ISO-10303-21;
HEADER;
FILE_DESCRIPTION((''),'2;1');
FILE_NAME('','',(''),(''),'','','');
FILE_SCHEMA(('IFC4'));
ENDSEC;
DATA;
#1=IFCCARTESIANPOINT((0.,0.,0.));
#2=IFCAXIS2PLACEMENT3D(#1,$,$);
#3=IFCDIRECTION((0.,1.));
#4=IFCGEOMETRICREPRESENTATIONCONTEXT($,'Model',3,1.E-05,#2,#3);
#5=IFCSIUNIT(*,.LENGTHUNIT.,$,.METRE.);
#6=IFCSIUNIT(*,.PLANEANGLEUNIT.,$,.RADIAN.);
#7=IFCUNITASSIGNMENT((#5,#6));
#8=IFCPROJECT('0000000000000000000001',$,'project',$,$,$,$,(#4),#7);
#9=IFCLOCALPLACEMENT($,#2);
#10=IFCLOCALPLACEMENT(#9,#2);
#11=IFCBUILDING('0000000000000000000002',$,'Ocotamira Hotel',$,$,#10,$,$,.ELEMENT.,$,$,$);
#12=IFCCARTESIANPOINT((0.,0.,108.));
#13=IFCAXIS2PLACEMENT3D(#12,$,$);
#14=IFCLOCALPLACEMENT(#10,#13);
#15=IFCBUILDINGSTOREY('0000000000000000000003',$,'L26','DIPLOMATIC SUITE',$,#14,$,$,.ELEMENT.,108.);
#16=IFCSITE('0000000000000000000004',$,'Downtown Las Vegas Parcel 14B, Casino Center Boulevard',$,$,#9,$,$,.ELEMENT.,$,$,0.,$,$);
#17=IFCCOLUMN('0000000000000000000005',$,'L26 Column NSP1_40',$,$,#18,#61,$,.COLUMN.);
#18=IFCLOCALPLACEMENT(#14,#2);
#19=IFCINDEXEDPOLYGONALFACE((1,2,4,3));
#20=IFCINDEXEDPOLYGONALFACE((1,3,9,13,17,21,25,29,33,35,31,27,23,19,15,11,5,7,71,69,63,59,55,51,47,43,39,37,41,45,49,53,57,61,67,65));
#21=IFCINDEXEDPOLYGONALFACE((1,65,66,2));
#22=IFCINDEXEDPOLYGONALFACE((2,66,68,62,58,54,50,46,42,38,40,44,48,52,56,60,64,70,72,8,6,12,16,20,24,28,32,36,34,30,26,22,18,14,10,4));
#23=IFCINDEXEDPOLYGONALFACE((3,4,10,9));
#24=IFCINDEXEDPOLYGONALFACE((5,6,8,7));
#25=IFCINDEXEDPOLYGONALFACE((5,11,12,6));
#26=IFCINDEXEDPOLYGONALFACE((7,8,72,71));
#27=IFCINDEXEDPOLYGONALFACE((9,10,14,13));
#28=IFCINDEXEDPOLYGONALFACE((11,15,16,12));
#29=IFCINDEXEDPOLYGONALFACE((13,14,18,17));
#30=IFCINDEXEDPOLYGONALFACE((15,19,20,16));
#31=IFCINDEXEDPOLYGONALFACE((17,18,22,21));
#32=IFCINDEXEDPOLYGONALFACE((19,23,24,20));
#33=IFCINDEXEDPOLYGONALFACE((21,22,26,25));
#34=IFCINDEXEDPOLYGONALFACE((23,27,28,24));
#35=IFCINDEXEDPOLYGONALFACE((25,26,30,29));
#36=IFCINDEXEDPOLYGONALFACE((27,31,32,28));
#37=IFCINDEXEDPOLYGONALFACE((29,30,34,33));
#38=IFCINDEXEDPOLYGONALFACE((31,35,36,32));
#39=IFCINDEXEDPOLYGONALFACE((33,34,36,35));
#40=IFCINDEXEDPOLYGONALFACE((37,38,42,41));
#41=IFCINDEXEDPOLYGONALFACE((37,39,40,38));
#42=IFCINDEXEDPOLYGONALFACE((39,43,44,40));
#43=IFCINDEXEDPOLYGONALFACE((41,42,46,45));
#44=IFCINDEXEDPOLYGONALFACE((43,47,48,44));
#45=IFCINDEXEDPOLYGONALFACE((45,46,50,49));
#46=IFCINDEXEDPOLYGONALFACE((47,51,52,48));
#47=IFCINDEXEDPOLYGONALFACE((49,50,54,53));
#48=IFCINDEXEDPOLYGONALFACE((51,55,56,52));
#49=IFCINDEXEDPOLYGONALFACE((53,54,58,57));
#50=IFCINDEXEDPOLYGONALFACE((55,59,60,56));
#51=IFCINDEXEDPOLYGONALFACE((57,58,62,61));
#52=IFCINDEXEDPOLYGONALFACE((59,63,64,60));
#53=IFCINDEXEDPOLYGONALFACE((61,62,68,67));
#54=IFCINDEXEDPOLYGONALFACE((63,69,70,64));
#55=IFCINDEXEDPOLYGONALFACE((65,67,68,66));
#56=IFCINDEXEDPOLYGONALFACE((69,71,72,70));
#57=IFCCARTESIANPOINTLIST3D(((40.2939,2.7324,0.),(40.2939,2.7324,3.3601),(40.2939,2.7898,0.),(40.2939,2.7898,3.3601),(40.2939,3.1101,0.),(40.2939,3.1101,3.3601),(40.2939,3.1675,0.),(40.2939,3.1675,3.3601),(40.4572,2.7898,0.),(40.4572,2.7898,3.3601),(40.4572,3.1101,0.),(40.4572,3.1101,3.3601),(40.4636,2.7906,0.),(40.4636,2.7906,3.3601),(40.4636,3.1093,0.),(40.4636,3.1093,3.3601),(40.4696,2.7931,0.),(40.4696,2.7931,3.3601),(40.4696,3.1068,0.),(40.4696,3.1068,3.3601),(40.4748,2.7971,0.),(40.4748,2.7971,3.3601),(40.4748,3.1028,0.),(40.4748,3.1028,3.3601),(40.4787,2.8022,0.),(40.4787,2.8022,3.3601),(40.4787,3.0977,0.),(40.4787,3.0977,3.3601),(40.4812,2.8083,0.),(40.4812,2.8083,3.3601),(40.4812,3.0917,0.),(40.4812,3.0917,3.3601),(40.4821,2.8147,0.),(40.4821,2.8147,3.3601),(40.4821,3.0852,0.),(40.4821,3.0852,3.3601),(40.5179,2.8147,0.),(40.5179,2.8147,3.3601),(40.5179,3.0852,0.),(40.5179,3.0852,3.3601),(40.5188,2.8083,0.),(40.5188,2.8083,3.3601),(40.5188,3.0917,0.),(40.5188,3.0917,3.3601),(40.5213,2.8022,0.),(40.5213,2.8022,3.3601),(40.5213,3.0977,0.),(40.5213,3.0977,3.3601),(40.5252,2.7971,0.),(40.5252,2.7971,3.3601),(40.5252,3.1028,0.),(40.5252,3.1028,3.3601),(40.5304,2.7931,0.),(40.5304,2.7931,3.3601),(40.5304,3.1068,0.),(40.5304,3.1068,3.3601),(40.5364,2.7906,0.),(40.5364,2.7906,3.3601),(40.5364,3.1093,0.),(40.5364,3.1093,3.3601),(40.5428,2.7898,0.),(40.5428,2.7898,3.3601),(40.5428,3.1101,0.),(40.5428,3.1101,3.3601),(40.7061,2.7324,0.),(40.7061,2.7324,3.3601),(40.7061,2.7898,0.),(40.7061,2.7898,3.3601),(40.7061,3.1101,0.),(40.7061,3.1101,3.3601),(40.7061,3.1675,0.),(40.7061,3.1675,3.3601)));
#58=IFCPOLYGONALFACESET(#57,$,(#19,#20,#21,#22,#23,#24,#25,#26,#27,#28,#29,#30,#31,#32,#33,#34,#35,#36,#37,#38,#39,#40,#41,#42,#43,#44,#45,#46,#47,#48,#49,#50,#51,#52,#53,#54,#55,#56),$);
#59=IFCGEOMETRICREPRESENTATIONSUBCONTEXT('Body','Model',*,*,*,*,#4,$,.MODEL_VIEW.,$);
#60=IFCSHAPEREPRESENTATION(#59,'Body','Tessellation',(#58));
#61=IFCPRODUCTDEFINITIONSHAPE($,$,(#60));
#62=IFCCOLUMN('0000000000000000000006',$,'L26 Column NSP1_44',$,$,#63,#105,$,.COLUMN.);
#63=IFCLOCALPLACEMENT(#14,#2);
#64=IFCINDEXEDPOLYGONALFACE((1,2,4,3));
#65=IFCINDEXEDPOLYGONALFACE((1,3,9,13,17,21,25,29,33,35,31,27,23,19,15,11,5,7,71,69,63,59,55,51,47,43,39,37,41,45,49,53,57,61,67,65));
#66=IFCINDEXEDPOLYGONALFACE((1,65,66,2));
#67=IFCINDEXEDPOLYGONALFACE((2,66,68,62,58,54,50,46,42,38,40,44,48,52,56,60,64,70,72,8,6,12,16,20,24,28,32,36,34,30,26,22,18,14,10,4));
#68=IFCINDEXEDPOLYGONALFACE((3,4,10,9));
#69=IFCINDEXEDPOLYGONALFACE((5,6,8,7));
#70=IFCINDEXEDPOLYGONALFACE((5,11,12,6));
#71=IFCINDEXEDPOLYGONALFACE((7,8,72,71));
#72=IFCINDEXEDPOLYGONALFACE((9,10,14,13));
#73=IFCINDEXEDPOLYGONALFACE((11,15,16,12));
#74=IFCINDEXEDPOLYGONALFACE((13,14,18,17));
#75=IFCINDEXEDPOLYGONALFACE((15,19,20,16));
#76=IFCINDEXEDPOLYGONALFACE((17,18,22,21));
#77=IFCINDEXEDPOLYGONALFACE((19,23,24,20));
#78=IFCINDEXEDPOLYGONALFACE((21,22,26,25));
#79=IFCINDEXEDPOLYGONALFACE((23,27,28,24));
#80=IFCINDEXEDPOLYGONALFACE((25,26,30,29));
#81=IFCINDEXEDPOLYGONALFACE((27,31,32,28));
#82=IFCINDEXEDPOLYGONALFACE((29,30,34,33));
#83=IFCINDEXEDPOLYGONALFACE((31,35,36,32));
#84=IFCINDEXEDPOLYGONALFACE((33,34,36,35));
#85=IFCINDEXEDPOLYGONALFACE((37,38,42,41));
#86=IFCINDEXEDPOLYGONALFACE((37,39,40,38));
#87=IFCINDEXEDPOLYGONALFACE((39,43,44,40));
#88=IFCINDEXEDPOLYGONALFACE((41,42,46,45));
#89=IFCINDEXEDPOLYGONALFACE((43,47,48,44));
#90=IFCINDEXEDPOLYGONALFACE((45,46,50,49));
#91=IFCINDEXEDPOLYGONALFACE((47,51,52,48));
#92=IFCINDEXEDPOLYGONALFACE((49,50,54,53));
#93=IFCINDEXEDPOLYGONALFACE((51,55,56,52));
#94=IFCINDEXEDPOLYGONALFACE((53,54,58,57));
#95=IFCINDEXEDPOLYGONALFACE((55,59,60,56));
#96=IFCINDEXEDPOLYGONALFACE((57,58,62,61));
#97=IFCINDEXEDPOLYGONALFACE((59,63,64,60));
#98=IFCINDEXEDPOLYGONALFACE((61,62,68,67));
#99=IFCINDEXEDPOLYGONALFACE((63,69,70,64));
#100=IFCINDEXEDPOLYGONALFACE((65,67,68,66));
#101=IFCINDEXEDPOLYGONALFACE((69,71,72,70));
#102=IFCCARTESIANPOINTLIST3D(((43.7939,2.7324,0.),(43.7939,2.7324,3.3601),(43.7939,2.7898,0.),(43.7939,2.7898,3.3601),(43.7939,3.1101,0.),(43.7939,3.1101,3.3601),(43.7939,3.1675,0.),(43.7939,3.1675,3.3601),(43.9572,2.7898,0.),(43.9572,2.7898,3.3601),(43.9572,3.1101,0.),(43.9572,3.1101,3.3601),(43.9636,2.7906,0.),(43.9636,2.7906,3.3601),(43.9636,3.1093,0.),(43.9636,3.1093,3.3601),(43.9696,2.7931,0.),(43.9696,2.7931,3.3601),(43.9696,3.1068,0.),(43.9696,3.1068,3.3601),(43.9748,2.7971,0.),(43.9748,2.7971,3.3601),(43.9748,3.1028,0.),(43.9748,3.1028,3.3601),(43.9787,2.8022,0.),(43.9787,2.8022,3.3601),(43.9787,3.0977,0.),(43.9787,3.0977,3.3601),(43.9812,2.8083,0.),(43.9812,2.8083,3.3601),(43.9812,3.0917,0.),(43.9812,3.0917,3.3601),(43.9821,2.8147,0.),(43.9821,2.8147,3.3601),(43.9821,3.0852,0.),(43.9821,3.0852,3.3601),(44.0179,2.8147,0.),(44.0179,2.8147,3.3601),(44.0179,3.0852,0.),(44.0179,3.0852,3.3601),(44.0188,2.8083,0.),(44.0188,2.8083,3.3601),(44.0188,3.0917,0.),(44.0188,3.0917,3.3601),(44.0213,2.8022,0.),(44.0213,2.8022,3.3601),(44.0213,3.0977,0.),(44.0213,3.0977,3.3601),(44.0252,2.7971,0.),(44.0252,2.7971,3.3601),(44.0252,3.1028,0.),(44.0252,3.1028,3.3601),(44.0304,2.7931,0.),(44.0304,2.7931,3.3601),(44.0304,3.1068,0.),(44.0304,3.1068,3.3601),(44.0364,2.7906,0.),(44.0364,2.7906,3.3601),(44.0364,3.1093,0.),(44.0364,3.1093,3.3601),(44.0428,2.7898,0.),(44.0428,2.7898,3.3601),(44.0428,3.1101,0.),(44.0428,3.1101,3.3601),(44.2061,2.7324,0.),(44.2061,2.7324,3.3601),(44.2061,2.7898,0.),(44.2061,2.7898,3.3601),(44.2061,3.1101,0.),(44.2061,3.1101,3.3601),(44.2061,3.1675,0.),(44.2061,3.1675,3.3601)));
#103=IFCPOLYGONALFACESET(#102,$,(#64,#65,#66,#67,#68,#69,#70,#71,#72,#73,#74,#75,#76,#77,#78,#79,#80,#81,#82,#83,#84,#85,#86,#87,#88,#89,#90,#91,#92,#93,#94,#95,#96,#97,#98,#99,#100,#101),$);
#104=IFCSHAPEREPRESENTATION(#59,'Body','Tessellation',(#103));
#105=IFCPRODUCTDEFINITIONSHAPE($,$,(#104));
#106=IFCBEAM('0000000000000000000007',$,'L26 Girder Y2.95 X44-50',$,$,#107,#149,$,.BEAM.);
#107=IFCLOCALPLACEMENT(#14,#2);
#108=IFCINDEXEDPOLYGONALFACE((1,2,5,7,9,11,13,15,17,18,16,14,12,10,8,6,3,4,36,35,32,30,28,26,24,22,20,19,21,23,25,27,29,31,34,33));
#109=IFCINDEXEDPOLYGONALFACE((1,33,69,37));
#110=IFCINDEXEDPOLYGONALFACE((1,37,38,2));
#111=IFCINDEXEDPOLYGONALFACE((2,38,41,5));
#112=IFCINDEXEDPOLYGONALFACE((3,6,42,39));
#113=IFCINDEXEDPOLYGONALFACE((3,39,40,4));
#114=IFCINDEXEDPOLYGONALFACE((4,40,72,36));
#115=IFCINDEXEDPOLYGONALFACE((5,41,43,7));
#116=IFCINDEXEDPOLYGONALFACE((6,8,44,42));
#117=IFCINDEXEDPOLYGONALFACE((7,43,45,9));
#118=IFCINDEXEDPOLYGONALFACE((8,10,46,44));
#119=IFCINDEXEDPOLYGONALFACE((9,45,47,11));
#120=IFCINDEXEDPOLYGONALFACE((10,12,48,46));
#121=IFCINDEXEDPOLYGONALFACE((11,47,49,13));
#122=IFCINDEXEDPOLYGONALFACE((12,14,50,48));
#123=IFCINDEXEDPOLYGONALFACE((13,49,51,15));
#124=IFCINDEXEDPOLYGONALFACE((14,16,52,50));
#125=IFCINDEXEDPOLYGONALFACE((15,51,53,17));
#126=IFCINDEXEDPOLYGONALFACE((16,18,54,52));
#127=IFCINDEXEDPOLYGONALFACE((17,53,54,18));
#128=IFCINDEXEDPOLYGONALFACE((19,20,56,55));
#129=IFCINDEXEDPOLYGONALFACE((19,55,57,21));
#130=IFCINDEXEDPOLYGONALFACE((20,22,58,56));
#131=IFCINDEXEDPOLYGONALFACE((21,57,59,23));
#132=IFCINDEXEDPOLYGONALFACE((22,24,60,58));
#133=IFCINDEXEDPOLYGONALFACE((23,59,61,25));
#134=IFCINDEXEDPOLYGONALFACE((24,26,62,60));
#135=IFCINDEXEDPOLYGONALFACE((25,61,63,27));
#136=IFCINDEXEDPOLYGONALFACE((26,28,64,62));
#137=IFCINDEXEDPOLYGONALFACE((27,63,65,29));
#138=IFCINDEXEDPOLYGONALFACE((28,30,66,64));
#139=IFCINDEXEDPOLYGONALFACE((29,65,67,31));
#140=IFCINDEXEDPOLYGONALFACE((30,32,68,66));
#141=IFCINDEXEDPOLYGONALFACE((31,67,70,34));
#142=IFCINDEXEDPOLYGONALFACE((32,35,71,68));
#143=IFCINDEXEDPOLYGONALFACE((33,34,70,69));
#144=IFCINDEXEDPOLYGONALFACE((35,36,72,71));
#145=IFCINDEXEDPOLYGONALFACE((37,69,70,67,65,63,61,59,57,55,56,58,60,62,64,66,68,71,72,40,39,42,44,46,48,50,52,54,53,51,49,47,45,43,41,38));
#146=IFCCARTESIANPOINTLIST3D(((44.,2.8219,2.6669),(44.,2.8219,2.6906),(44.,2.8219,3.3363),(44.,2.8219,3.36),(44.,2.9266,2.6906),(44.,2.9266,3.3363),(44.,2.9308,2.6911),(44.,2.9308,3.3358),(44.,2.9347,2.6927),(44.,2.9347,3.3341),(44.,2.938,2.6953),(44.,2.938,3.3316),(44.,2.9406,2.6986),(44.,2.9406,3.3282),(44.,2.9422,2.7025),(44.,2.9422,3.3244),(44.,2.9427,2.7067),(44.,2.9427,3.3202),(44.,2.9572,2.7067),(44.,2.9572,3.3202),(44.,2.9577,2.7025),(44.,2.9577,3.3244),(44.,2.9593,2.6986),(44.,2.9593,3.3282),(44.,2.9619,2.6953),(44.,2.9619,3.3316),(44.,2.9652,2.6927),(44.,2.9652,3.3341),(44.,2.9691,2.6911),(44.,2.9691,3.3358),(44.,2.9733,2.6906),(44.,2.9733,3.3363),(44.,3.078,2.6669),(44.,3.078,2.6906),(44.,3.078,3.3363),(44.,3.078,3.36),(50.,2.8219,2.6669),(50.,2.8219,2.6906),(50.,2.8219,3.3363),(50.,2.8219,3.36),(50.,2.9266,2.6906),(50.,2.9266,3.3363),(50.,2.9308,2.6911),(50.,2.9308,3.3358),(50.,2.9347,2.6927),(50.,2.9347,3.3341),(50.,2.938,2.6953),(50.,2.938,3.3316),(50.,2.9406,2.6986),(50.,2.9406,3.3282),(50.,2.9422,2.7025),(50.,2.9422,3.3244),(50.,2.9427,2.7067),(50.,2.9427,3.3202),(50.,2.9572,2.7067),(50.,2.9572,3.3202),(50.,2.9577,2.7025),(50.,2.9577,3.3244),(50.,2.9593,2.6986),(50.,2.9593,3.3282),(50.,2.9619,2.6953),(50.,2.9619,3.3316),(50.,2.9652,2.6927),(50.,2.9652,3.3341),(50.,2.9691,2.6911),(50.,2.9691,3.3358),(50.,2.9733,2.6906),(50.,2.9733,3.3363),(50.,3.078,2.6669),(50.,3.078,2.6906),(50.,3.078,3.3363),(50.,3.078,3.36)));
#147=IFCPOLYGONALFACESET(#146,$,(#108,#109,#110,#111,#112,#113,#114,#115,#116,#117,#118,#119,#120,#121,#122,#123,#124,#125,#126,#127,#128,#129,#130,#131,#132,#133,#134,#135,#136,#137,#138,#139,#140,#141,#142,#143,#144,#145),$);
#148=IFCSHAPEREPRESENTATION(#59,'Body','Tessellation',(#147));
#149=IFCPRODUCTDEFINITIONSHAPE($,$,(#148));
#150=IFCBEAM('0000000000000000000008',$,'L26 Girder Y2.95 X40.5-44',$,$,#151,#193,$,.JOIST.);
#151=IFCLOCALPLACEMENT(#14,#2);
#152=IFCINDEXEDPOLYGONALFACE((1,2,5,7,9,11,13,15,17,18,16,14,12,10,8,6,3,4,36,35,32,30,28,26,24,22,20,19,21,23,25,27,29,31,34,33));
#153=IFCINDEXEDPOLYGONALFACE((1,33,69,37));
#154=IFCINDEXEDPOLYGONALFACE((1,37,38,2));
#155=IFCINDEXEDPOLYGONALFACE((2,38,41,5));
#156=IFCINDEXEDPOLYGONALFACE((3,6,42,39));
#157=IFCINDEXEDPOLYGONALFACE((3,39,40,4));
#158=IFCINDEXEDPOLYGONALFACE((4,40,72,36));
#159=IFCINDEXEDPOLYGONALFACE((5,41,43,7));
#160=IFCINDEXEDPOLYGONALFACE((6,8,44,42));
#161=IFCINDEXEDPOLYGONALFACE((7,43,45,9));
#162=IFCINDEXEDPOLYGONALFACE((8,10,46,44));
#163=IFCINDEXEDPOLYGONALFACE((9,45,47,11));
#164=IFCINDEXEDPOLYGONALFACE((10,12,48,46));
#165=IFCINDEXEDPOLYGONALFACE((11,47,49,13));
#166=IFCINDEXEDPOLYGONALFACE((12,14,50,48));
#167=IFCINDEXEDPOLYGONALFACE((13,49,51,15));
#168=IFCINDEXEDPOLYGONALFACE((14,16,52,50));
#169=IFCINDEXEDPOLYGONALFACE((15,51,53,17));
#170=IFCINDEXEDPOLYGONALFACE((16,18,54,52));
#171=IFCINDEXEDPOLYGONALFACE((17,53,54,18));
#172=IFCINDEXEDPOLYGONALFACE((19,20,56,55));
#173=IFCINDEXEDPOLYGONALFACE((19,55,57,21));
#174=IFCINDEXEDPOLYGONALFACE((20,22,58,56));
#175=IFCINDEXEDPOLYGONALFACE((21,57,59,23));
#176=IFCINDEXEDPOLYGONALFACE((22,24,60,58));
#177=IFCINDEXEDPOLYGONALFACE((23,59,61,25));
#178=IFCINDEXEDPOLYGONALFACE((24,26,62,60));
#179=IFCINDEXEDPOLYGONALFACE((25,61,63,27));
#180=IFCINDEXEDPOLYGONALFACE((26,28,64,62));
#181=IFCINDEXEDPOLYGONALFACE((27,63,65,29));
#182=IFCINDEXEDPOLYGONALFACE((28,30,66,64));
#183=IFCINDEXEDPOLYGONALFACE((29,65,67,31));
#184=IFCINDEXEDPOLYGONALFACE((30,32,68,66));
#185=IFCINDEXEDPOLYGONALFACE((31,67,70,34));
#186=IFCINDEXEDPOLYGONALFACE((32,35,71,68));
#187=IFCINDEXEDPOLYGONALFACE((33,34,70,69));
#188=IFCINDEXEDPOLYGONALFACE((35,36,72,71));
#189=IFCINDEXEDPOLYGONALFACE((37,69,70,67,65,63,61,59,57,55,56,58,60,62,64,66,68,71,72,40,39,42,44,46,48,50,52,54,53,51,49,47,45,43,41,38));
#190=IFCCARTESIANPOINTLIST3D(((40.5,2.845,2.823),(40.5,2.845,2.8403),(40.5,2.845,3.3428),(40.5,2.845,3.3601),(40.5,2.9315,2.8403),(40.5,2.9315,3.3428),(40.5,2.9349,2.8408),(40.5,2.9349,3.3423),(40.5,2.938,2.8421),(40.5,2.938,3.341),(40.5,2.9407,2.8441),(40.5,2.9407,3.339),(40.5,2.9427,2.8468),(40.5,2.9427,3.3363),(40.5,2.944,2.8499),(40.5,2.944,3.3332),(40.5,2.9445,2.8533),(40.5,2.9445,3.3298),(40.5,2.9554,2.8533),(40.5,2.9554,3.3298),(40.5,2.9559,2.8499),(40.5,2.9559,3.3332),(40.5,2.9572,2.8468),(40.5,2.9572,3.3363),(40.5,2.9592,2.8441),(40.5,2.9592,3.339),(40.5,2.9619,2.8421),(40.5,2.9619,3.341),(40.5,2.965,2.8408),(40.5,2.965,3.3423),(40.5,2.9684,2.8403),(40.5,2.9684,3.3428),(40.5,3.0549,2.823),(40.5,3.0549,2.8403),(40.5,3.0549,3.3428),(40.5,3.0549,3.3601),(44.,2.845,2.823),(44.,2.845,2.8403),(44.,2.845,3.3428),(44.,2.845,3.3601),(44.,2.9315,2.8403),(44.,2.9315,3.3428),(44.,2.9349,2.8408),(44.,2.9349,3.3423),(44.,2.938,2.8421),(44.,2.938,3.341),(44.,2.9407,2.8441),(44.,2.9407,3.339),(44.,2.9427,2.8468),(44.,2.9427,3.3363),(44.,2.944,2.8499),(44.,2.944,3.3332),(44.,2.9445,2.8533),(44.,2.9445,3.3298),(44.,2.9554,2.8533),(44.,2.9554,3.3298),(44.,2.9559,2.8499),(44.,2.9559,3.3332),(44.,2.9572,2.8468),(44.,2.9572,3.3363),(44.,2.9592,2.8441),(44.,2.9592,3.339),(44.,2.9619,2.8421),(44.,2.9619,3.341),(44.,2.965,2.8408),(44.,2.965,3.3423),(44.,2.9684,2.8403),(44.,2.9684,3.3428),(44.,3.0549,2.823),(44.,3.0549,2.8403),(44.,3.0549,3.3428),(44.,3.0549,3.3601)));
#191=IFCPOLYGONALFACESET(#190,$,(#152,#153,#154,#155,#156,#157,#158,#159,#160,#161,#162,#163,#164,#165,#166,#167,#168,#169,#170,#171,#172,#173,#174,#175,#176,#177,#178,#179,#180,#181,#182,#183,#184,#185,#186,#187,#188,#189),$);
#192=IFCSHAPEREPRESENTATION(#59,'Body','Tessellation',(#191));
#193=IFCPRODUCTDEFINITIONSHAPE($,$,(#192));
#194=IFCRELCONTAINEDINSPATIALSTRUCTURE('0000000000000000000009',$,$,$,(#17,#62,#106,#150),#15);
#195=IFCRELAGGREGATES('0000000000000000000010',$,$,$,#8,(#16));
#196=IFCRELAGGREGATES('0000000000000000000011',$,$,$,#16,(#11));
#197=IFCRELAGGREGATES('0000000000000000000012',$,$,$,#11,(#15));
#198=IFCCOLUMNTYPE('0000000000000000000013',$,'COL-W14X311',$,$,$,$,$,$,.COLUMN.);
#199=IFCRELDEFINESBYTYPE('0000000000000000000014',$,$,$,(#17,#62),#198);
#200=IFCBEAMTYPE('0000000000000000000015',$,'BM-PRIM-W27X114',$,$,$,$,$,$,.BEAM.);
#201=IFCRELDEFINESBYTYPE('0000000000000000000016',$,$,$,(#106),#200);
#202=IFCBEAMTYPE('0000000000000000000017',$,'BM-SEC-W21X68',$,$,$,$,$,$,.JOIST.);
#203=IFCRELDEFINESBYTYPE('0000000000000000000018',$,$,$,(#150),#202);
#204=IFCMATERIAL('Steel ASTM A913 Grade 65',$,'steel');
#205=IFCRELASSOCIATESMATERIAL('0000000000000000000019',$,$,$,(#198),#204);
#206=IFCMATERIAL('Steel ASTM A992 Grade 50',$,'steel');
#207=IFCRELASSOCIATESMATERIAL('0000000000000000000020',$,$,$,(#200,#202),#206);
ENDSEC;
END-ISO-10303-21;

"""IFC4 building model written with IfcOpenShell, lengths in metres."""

from ifc_helpers import new_model, si_unit, direction, frame, origin, origin_2d, place, context, subcontext, project, spatial, i_section, extrude, source, transform, mapped, material, material_profile, profile_set, type_object, element, save


model = new_model("IFC4")

# Units and contexts
model_context = context("Model", 3, precision=1e-05, world=origin(), true_north=direction((0.0, 1.0)))
body_context = subcontext(model_context, "Body", "Model", "MODEL_VIEW")
ifc_project = project(units=[si_unit("LENGTHUNIT", "METRE"), si_unit("PLANEANGLEUNIT", "RADIAN")], contexts=[model_context])

# Site, building, storey
site_placement = place(None, origin())
site = spatial("IfcSite", under=ifc_project, at=site_placement, Name="Downtown Las Vegas Parcel 14B, Casino Center Boulevard", CompositionType="ELEMENT", RefElevation=0.0)
building_placement = place(site_placement, origin())
building = spatial("IfcBuilding", under=site, at=building_placement, Name="Ocotamira Hotel", CompositionType="ELEMENT")
storey_placement = place(building_placement, frame((0.0, 0.0, 108.0)))
storey = spatial("IfcBuildingStorey", under=building, at=storey_placement, Name="L26", Description="DIPLOMATIC SUITE", CompositionType="ELEMENT", Elevation=108.0)

# Columns
ifc_material_1 = material(Name="Steel ASTM A913 Grade 65", Category="steel")
ifc_material_profile_1 = material_profile(ifc_material_1, i_section(OverallWidth=0.4121, OverallDepth=0.4351, WebThickness=0.0359, FlangeThickness=0.0574, FilletRadius=0.0249, at=origin_2d()), Name="W14X311")
ifc_profile_set_1 = profile_set([ifc_material_profile_1], Name="Steel ASTM A913 Grade 65")
column_type = type_object("IfcColumnType", Name="COL-W14X311", PredefinedType="COLUMN", material=ifc_profile_set_1)
shared_shape_1 = source(origin(), body_context, "Body", "SweptSolid", [
    extrude(i_section(OverallWidth=0.4121, OverallDepth=0.4351, WebThickness=0.0359, FlangeThickness=0.0574, FilletRadius=0.0249, at=origin_2d()), origin(), (0.0, 0.0, 1.0), 3.3601),
])
for number, where, z_axis, x_axis, name in (
    (1, (40.5, 2.95, 0.0), (0.0, 0.0, 1.0), (1.0, 0.0, 0.0), "L26 Column NSP1_40"),
    (2, (44.0, 2.95, 0.0), (0.0, 0.0, 1.0), (1.0, 0.0, 0.0), "L26 Column NSP1_44"),
):
    element("IfcColumn", number, at=place(storey_placement, frame(where, z_axis=z_axis, x_axis=x_axis)), inside=storey, type_object=column_type, Name=name, PredefinedType="COLUMN", context=body_context, shape_type="MappedRepresentation", body=[
        mapped(shared_shape_1, transform((0.0, 0.0, 0.0), scale=1.0)),
    ])

# Beams
ifc_material_2 = material(Name="Steel ASTM A992 Grade 50", Category="steel")
ifc_material_profile_2 = material_profile(ifc_material_2, i_section(OverallWidth=0.2561, OverallDepth=0.6931, WebThickness=0.0144, FlangeThickness=0.0237, FilletRadius=0.0161, at=origin_2d()), Name="W27X114")
ifc_profile_set_2 = profile_set([ifc_material_profile_2], Name="Steel ASTM A992 Grade 50")
beam_type_1 = type_object("IfcBeamType", Name="BM-PRIM-W27X114", PredefinedType="BEAM", material=ifc_profile_set_2)
shared_shape_2 = source(origin(), body_context, "Body", "SweptSolid", [
    extrude(i_section(OverallWidth=0.2561, OverallDepth=0.6931, WebThickness=0.0144, FlangeThickness=0.0237, FilletRadius=0.0161, at=origin_2d()), origin(), (0.0, 0.0, 1.0), 6.0),
])
beam_1_placement = place(storey_placement, frame((44.0, 2.95, 3.0134), z_axis=(1.0, 0.0, 0.0), x_axis=(0.0, 1.0, 0.0)))
element("IfcBeam", 3, at=beam_1_placement, inside=storey, type_object=beam_type_1, Name="L26 Girder Y2.95 X44-50", PredefinedType="BEAM", context=body_context, shape_type="MappedRepresentation", body=[
    mapped(shared_shape_2, transform((0.0, 0.0, 0.0), scale=1.0)),
])
ifc_material_profile_3 = material_profile(ifc_material_2, i_section(OverallWidth=0.21, OverallDepth=0.5371, WebThickness=0.011, FlangeThickness=0.0173, FilletRadius=0.0129, at=origin_2d()), Name="W21X68")
ifc_profile_set_3 = profile_set([ifc_material_profile_3], Name="Steel ASTM A992 Grade 50")
beam_type_2 = type_object("IfcBeamType", Name="BM-SEC-W21X68", PredefinedType="JOIST", material=ifc_profile_set_3)
shared_shape_3 = source(origin(), body_context, "Body", "SweptSolid", [
    extrude(i_section(OverallWidth=0.21, OverallDepth=0.5371, WebThickness=0.011, FlangeThickness=0.0173, FilletRadius=0.0129, at=origin_2d()), origin(), (0.0, 0.0, 1.0), 3.5),
])
beam_2_placement = place(storey_placement, frame((40.5, 2.95, 3.0916), z_axis=(1.0, 0.0, 0.0), x_axis=(0.0, 1.0, 0.0)))
element("IfcBeam", 4, at=beam_2_placement, inside=storey, type_object=beam_type_2, Name="L26 Girder Y2.95 X40.5-44", PredefinedType="JOIST", context=body_context, shape_type="MappedRepresentation", body=[
    mapped(shared_shape_3, transform((0.0, 0.0, 0.0), scale=1.0)),
])

save(model, "model.ifc")
